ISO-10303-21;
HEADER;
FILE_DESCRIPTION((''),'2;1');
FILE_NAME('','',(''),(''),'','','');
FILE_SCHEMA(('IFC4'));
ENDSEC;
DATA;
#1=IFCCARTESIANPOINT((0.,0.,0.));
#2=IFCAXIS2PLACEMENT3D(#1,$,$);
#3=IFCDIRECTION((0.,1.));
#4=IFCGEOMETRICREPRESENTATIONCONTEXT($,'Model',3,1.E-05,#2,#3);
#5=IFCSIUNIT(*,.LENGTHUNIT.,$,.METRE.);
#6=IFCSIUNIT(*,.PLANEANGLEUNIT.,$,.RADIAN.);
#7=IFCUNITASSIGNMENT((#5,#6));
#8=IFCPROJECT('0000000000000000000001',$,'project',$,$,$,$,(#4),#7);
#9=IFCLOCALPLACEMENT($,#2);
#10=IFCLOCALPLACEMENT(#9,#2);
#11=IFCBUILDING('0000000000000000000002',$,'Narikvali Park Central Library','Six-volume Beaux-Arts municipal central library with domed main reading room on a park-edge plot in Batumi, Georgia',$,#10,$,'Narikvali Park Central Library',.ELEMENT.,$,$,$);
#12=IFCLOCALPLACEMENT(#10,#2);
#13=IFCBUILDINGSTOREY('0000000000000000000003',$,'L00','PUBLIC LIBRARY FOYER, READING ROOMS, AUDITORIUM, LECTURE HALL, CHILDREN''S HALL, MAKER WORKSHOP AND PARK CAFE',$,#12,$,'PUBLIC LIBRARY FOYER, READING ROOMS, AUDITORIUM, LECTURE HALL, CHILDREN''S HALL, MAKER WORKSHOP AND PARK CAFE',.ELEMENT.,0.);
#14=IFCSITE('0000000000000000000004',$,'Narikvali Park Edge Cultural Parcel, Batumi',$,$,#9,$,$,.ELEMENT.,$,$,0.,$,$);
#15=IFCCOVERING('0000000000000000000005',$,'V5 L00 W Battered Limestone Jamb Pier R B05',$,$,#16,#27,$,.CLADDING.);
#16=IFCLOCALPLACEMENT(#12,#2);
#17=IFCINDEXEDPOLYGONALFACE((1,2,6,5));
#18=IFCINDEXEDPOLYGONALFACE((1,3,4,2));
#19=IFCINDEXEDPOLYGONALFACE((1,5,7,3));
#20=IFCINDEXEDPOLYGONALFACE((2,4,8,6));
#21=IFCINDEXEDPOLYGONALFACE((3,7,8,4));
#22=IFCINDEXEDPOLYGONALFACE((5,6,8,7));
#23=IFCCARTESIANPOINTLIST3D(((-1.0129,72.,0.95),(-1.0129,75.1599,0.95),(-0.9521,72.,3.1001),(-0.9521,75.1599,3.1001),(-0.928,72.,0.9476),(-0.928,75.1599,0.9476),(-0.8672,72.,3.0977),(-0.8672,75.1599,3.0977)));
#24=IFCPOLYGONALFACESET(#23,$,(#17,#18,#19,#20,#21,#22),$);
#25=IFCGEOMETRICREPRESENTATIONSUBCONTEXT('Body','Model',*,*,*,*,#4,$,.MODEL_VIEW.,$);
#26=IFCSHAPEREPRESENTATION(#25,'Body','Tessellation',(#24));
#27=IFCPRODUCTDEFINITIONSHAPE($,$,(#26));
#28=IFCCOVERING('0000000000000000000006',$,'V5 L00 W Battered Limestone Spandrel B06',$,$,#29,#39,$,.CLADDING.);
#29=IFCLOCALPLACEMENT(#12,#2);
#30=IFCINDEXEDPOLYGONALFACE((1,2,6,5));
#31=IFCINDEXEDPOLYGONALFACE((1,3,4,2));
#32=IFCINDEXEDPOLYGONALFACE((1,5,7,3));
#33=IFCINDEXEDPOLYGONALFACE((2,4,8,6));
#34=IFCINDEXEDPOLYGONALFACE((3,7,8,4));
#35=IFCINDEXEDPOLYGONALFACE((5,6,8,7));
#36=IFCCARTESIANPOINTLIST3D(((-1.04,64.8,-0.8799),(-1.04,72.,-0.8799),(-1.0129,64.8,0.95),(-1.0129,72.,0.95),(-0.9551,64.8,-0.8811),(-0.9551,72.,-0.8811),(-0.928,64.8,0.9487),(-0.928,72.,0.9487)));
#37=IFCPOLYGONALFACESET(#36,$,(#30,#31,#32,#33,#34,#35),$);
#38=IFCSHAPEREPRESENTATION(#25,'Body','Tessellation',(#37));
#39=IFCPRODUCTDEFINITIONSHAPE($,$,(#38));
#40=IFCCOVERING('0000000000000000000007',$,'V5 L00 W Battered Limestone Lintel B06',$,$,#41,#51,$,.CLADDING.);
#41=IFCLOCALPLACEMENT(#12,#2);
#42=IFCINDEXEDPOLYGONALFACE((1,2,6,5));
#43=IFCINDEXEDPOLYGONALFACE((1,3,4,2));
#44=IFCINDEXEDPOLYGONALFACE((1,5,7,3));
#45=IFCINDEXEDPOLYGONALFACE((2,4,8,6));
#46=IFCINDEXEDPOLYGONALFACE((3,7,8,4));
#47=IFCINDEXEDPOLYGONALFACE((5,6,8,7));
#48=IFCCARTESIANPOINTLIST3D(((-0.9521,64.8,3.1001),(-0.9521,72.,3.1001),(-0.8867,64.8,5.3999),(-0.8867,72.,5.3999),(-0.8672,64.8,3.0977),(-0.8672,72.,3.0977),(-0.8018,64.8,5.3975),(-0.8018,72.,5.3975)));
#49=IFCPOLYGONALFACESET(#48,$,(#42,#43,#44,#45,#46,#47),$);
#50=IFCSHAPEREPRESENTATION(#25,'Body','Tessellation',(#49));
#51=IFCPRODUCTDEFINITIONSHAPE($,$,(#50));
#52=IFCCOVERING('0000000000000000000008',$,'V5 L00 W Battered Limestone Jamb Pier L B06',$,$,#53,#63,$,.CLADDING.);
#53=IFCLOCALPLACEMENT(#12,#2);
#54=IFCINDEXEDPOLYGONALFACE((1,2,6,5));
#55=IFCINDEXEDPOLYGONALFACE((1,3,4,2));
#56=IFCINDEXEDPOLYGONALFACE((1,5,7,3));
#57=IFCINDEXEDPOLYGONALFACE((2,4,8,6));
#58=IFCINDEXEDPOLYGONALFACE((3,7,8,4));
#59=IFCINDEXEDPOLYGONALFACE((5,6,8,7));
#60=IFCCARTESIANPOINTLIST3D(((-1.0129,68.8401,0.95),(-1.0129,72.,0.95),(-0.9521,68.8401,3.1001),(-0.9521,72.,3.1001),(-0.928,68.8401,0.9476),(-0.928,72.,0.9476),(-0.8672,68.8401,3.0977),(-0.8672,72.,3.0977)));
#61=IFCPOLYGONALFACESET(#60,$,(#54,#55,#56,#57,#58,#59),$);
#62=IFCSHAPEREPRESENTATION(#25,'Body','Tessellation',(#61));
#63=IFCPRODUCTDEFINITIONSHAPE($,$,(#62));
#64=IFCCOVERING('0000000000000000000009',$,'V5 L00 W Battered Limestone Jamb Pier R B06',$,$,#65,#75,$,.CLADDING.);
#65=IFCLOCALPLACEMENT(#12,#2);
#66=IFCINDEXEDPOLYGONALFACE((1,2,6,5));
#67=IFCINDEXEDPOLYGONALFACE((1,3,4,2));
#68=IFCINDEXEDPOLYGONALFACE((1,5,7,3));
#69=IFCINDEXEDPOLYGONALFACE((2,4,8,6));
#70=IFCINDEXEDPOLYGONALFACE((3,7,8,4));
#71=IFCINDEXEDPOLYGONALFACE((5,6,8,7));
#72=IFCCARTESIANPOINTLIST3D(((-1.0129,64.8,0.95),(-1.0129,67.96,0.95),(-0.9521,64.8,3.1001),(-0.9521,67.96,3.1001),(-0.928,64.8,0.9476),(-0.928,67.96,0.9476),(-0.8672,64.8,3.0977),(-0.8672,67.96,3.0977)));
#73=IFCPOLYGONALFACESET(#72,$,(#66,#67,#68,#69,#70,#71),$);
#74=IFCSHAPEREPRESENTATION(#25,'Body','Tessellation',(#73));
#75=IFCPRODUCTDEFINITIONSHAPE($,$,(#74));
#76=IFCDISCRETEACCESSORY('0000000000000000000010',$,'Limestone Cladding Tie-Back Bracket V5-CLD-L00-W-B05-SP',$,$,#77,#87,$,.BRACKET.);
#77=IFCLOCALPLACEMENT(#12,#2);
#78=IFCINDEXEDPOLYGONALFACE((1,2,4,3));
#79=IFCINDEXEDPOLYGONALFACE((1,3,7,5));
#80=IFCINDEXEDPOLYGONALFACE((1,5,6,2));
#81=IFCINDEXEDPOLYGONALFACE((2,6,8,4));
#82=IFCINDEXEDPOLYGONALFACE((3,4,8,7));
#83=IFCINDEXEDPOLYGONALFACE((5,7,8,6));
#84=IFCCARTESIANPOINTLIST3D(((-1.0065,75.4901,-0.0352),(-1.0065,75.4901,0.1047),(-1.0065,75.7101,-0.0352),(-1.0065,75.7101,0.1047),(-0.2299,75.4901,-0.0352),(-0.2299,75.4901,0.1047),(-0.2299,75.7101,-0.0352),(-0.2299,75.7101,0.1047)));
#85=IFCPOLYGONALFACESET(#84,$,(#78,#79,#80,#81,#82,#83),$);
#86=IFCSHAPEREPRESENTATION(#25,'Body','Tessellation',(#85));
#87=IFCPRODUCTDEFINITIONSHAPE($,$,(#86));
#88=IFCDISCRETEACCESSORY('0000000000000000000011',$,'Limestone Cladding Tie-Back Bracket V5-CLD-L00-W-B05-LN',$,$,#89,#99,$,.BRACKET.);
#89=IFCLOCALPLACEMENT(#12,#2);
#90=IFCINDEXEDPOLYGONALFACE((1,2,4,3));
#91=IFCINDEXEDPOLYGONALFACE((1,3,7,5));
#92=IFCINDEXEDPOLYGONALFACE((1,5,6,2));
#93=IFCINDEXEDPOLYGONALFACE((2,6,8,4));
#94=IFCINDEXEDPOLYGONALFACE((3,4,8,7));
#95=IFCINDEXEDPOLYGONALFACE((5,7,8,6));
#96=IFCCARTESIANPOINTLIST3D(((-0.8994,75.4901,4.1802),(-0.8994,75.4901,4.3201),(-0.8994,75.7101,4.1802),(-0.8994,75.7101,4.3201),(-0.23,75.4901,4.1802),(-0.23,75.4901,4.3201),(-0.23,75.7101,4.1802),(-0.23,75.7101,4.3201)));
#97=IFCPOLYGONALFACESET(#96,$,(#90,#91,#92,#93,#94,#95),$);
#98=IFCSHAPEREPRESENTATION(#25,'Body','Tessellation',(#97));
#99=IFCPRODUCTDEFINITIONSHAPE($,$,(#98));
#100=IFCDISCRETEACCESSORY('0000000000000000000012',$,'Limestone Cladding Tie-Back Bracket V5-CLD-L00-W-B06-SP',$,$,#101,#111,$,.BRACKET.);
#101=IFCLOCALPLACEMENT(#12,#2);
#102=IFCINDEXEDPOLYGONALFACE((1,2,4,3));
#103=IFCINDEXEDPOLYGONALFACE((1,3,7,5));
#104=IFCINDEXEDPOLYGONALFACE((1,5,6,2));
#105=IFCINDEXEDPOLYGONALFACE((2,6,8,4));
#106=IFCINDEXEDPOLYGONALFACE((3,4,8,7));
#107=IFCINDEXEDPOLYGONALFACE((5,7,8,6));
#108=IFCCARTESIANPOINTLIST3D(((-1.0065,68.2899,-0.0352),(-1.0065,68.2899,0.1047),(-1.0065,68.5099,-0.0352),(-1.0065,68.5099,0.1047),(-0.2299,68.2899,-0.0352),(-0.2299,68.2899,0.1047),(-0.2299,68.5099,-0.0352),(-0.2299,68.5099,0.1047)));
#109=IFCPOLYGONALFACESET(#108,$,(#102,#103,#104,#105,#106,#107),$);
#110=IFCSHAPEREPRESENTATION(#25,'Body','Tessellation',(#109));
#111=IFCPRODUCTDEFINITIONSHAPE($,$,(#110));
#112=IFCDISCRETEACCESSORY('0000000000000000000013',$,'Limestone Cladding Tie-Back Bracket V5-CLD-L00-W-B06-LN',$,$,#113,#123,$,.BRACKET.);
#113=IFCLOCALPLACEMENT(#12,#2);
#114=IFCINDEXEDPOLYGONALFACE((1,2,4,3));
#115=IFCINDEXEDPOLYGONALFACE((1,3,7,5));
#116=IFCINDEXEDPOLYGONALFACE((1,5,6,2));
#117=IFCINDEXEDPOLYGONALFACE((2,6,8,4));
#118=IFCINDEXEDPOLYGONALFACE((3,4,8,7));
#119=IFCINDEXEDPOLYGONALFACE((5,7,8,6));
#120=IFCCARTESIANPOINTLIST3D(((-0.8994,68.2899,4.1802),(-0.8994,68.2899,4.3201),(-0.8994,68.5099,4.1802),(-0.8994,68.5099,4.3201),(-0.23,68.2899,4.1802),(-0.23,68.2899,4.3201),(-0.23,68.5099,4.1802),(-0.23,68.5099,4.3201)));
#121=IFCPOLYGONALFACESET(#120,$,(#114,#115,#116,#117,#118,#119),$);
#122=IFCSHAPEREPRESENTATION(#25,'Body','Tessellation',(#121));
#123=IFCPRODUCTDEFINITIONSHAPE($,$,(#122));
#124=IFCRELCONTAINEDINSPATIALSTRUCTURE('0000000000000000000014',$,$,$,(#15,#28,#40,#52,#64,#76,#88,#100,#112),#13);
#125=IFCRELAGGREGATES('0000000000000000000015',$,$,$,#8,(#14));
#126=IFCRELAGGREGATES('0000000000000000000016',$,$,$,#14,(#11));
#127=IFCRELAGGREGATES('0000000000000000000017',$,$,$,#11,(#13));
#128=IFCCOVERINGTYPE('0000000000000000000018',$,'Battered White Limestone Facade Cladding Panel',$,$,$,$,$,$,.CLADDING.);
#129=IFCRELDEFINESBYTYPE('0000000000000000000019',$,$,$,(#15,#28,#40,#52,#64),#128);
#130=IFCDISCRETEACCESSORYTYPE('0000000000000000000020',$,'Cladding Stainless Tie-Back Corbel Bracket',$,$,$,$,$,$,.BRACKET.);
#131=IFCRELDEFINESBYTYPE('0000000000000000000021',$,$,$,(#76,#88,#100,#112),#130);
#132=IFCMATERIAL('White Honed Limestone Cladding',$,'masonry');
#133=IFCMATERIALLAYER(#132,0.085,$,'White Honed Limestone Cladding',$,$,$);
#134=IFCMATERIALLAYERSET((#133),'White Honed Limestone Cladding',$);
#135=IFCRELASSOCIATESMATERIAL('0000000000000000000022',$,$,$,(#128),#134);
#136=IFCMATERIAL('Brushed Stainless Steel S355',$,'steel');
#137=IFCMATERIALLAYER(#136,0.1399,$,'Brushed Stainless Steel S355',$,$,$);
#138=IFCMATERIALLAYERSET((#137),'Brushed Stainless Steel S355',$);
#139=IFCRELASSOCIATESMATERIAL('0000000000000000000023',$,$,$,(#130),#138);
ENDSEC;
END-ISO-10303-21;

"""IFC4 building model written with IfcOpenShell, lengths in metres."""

from ifc_helpers import new_model, si_unit, direction, frame, origin, origin_2d, place, context, subcontext, project, spatial, polyline, rectangle, outline, extrude, material, layer, layer_set, type_object, element, save


model = new_model("IFC4")

# Units and contexts
model_context = context("Model", 3, precision=1e-05, world=origin(), true_north=direction((0.0, 1.0)))
body_context = subcontext(model_context, "Body", "Model", "MODEL_VIEW")
ifc_project = project(units=[si_unit("LENGTHUNIT", "METRE"), si_unit("PLANEANGLEUNIT", "RADIAN")], contexts=[model_context])

# Site, building, storey
site_placement = place(None, origin())
site = spatial("IfcSite", under=ifc_project, at=site_placement, Name="Narikvali Park Edge Cultural Parcel, Batumi", CompositionType="ELEMENT", RefElevation=0.0)
building_placement = place(site_placement, origin())
building = spatial("IfcBuilding", under=site, at=building_placement, Name="Narikvali Park Central Library", Description="Six-volume Beaux-Arts municipal central library with domed main reading room on a park-edge plot in Batumi, Georgia", LongName="Narikvali Park Central Library", CompositionType="ELEMENT")
storey_placement = place(building_placement, origin())
storey = spatial("IfcBuildingStorey", under=building, at=storey_placement, Name="L00", Description="PUBLIC LIBRARY FOYER, READING ROOMS, AUDITORIUM, LECTURE HALL, CHILDREN'S HALL, MAKER WORKSHOP AND PARK CAFE", LongName="PUBLIC LIBRARY FOYER, READING ROOMS, AUDITORIUM, LECTURE HALL, CHILDREN'S HALL, MAKER WORKSHOP AND PARK CAFE", CompositionType="ELEMENT", Elevation=0.0)

# Coverings
ifc_material_1 = material(Name="White Honed Limestone Cladding", Category="masonry")
ifc_layer_1 = layer(ifc_material_1, 0.085, Name="White Honed Limestone Cladding")
ifc_layer_set_1 = layer_set([ifc_layer_1], Name="White Honed Limestone Cladding")
covering_type = type_object("IfcCoveringType", Name="Battered White Limestone Facade Cladding Panel", PredefinedType="CLADDING", material=ifc_layer_set_1)
covering_1_placement = place(storey_placement, frame((-1.0129, 75.1599, 0.95), z_axis=(-0.999601, 0.0, 0.028262), x_axis=(0.0, -1.0, 0.0)))
element("IfcCovering", 1, at=covering_1_placement, inside=storey, type_object=covering_type, Name="V5 L00 W Battered Limestone Jamb Pier R B05", PredefinedType="CLADDING", context=body_context, shape_type="SweptSolid", body=[
    extrude(outline(polyline([(0.0, 0.0), (3.1599, 0.0), (3.1599, 2.151), (0.0, 2.151), (0.0, 0.0)])), origin(), (0.0, 0.0, -1.0), 0.085),
])
covering_2_placement = place(storey_placement, frame((-1.04, 72.0, -0.8799), z_axis=(-0.99989, 0.0, 0.014808), x_axis=(0.0, -1.0, 0.0)))
element("IfcCovering", 2, at=covering_2_placement, inside=storey, type_object=covering_type, Name="V5 L00 W Battered Limestone Spandrel B06", PredefinedType="CLADDING", context=body_context, shape_type="SweptSolid", body=[
    extrude(outline(polyline([(0.0, 0.0), (7.2, 0.0), (7.2, 1.83), (0.0, 1.83), (0.0, 0.0)])), origin(), (0.0, 0.0, -1.0), 0.085),
])
covering_3_placement = place(storey_placement, frame((-0.9521, 72.0, 3.1001), z_axis=(-0.999596, 0.0, 0.028439), x_axis=(0.0, -1.0, 0.0)))
element("IfcCovering", 3, at=covering_3_placement, inside=storey, type_object=covering_type, Name="V5 L00 W Battered Limestone Lintel B06", PredefinedType="CLADDING", context=body_context, shape_type="SweptSolid", body=[
    extrude(outline(polyline([(0.0, 0.0), (7.2, 0.0), (7.2, 2.3007), (0.0, 2.3007), (0.0, 0.0)])), origin(), (0.0, 0.0, -1.0), 0.085),
])
for number, where, z_axis, x_axis, name in (
    (4, (-1.0129, 72.0, 0.95), (-0.999601, 0.0, 0.028262), (0.0, -1.0, 0.0), "V5 L00 W Battered Limestone Jamb Pier L B06"),
    (5, (-1.0129, 67.96, 0.95), (-0.999601, 0.0, 0.028262), (0.0, -1.0, 0.0), "V5 L00 W Battered Limestone Jamb Pier R B06"),
):
    element("IfcCovering", number, at=place(storey_placement, frame(where, z_axis=z_axis, x_axis=x_axis)), inside=storey, type_object=covering_type, Name=name, PredefinedType="CLADDING", context=body_context, shape_type="SweptSolid", body=[
        extrude(outline(polyline([(0.0, 0.0), (3.1599, 0.0), (3.1599, 2.151), (0.0, 2.151), (0.0, 0.0)])), origin(), (0.0, 0.0, -1.0), 0.085),
    ])

# Discrete accessories
ifc_material_2 = material(Name="Brushed Stainless Steel S355", Category="steel")
ifc_layer_2 = layer(ifc_material_2, 0.1399, Name="Brushed Stainless Steel S355")
ifc_layer_set_2 = layer_set([ifc_layer_2], Name="Brushed Stainless Steel S355")
discrete_accessory_type = type_object("IfcDiscreteAccessoryType", Name="Cladding Stainless Tie-Back Corbel Bracket", PredefinedType="BRACKET", material=ifc_layer_set_2)
discrete_accessory_1_placement = place(storey_placement, frame((-0.6182, 75.6001, -0.0352), z_axis=(0.0, 0.0, 1.0), x_axis=(1.0, 0.0, 0.0)))
element("IfcDiscreteAccessory", 6, at=discrete_accessory_1_placement, inside=storey, type_object=discrete_accessory_type, Name="Limestone Cladding Tie-Back Bracket V5-CLD-L00-W-B05-SP", PredefinedType="BRACKET", context=body_context, shape_type="SweptSolid", body=[
    extrude(rectangle(XDim=0.7766, YDim=0.22, at=origin_2d()), origin(), (0.0, 0.0, 1.0), 0.1399),
])
discrete_accessory_2_placement = place(storey_placement, frame((-0.5647, 75.6001, 4.1802), z_axis=(0.0, 0.0, 1.0), x_axis=(1.0, 0.0, 0.0)))
element("IfcDiscreteAccessory", 7, at=discrete_accessory_2_placement, inside=storey, type_object=discrete_accessory_type, Name="Limestone Cladding Tie-Back Bracket V5-CLD-L00-W-B05-LN", PredefinedType="BRACKET", context=body_context, shape_type="SweptSolid", body=[
    extrude(rectangle(XDim=0.6694, YDim=0.22, at=origin_2d()), origin(), (0.0, 0.0, 1.0), 0.1399),
])
discrete_accessory_3_placement = place(storey_placement, frame((-0.6182, 68.3999, -0.0352), z_axis=(0.0, 0.0, 1.0), x_axis=(1.0, 0.0, 0.0)))
element("IfcDiscreteAccessory", 8, at=discrete_accessory_3_placement, inside=storey, type_object=discrete_accessory_type, Name="Limestone Cladding Tie-Back Bracket V5-CLD-L00-W-B06-SP", PredefinedType="BRACKET", context=body_context, shape_type="SweptSolid", body=[
    extrude(rectangle(XDim=0.7766, YDim=0.22, at=origin_2d()), origin(), (0.0, 0.0, 1.0), 0.1399),
])
discrete_accessory_4_placement = place(storey_placement, frame((-0.5647, 68.3999, 4.1802), z_axis=(0.0, 0.0, 1.0), x_axis=(1.0, 0.0, 0.0)))
element("IfcDiscreteAccessory", 9, at=discrete_accessory_4_placement, inside=storey, type_object=discrete_accessory_type, Name="Limestone Cladding Tie-Back Bracket V5-CLD-L00-W-B06-LN", PredefinedType="BRACKET", context=body_context, shape_type="SweptSolid", body=[
    extrude(rectangle(XDim=0.6694, YDim=0.22, at=origin_2d()), origin(), (0.0, 0.0, 1.0), 0.1399),
])

save(model, "model.ifc")
